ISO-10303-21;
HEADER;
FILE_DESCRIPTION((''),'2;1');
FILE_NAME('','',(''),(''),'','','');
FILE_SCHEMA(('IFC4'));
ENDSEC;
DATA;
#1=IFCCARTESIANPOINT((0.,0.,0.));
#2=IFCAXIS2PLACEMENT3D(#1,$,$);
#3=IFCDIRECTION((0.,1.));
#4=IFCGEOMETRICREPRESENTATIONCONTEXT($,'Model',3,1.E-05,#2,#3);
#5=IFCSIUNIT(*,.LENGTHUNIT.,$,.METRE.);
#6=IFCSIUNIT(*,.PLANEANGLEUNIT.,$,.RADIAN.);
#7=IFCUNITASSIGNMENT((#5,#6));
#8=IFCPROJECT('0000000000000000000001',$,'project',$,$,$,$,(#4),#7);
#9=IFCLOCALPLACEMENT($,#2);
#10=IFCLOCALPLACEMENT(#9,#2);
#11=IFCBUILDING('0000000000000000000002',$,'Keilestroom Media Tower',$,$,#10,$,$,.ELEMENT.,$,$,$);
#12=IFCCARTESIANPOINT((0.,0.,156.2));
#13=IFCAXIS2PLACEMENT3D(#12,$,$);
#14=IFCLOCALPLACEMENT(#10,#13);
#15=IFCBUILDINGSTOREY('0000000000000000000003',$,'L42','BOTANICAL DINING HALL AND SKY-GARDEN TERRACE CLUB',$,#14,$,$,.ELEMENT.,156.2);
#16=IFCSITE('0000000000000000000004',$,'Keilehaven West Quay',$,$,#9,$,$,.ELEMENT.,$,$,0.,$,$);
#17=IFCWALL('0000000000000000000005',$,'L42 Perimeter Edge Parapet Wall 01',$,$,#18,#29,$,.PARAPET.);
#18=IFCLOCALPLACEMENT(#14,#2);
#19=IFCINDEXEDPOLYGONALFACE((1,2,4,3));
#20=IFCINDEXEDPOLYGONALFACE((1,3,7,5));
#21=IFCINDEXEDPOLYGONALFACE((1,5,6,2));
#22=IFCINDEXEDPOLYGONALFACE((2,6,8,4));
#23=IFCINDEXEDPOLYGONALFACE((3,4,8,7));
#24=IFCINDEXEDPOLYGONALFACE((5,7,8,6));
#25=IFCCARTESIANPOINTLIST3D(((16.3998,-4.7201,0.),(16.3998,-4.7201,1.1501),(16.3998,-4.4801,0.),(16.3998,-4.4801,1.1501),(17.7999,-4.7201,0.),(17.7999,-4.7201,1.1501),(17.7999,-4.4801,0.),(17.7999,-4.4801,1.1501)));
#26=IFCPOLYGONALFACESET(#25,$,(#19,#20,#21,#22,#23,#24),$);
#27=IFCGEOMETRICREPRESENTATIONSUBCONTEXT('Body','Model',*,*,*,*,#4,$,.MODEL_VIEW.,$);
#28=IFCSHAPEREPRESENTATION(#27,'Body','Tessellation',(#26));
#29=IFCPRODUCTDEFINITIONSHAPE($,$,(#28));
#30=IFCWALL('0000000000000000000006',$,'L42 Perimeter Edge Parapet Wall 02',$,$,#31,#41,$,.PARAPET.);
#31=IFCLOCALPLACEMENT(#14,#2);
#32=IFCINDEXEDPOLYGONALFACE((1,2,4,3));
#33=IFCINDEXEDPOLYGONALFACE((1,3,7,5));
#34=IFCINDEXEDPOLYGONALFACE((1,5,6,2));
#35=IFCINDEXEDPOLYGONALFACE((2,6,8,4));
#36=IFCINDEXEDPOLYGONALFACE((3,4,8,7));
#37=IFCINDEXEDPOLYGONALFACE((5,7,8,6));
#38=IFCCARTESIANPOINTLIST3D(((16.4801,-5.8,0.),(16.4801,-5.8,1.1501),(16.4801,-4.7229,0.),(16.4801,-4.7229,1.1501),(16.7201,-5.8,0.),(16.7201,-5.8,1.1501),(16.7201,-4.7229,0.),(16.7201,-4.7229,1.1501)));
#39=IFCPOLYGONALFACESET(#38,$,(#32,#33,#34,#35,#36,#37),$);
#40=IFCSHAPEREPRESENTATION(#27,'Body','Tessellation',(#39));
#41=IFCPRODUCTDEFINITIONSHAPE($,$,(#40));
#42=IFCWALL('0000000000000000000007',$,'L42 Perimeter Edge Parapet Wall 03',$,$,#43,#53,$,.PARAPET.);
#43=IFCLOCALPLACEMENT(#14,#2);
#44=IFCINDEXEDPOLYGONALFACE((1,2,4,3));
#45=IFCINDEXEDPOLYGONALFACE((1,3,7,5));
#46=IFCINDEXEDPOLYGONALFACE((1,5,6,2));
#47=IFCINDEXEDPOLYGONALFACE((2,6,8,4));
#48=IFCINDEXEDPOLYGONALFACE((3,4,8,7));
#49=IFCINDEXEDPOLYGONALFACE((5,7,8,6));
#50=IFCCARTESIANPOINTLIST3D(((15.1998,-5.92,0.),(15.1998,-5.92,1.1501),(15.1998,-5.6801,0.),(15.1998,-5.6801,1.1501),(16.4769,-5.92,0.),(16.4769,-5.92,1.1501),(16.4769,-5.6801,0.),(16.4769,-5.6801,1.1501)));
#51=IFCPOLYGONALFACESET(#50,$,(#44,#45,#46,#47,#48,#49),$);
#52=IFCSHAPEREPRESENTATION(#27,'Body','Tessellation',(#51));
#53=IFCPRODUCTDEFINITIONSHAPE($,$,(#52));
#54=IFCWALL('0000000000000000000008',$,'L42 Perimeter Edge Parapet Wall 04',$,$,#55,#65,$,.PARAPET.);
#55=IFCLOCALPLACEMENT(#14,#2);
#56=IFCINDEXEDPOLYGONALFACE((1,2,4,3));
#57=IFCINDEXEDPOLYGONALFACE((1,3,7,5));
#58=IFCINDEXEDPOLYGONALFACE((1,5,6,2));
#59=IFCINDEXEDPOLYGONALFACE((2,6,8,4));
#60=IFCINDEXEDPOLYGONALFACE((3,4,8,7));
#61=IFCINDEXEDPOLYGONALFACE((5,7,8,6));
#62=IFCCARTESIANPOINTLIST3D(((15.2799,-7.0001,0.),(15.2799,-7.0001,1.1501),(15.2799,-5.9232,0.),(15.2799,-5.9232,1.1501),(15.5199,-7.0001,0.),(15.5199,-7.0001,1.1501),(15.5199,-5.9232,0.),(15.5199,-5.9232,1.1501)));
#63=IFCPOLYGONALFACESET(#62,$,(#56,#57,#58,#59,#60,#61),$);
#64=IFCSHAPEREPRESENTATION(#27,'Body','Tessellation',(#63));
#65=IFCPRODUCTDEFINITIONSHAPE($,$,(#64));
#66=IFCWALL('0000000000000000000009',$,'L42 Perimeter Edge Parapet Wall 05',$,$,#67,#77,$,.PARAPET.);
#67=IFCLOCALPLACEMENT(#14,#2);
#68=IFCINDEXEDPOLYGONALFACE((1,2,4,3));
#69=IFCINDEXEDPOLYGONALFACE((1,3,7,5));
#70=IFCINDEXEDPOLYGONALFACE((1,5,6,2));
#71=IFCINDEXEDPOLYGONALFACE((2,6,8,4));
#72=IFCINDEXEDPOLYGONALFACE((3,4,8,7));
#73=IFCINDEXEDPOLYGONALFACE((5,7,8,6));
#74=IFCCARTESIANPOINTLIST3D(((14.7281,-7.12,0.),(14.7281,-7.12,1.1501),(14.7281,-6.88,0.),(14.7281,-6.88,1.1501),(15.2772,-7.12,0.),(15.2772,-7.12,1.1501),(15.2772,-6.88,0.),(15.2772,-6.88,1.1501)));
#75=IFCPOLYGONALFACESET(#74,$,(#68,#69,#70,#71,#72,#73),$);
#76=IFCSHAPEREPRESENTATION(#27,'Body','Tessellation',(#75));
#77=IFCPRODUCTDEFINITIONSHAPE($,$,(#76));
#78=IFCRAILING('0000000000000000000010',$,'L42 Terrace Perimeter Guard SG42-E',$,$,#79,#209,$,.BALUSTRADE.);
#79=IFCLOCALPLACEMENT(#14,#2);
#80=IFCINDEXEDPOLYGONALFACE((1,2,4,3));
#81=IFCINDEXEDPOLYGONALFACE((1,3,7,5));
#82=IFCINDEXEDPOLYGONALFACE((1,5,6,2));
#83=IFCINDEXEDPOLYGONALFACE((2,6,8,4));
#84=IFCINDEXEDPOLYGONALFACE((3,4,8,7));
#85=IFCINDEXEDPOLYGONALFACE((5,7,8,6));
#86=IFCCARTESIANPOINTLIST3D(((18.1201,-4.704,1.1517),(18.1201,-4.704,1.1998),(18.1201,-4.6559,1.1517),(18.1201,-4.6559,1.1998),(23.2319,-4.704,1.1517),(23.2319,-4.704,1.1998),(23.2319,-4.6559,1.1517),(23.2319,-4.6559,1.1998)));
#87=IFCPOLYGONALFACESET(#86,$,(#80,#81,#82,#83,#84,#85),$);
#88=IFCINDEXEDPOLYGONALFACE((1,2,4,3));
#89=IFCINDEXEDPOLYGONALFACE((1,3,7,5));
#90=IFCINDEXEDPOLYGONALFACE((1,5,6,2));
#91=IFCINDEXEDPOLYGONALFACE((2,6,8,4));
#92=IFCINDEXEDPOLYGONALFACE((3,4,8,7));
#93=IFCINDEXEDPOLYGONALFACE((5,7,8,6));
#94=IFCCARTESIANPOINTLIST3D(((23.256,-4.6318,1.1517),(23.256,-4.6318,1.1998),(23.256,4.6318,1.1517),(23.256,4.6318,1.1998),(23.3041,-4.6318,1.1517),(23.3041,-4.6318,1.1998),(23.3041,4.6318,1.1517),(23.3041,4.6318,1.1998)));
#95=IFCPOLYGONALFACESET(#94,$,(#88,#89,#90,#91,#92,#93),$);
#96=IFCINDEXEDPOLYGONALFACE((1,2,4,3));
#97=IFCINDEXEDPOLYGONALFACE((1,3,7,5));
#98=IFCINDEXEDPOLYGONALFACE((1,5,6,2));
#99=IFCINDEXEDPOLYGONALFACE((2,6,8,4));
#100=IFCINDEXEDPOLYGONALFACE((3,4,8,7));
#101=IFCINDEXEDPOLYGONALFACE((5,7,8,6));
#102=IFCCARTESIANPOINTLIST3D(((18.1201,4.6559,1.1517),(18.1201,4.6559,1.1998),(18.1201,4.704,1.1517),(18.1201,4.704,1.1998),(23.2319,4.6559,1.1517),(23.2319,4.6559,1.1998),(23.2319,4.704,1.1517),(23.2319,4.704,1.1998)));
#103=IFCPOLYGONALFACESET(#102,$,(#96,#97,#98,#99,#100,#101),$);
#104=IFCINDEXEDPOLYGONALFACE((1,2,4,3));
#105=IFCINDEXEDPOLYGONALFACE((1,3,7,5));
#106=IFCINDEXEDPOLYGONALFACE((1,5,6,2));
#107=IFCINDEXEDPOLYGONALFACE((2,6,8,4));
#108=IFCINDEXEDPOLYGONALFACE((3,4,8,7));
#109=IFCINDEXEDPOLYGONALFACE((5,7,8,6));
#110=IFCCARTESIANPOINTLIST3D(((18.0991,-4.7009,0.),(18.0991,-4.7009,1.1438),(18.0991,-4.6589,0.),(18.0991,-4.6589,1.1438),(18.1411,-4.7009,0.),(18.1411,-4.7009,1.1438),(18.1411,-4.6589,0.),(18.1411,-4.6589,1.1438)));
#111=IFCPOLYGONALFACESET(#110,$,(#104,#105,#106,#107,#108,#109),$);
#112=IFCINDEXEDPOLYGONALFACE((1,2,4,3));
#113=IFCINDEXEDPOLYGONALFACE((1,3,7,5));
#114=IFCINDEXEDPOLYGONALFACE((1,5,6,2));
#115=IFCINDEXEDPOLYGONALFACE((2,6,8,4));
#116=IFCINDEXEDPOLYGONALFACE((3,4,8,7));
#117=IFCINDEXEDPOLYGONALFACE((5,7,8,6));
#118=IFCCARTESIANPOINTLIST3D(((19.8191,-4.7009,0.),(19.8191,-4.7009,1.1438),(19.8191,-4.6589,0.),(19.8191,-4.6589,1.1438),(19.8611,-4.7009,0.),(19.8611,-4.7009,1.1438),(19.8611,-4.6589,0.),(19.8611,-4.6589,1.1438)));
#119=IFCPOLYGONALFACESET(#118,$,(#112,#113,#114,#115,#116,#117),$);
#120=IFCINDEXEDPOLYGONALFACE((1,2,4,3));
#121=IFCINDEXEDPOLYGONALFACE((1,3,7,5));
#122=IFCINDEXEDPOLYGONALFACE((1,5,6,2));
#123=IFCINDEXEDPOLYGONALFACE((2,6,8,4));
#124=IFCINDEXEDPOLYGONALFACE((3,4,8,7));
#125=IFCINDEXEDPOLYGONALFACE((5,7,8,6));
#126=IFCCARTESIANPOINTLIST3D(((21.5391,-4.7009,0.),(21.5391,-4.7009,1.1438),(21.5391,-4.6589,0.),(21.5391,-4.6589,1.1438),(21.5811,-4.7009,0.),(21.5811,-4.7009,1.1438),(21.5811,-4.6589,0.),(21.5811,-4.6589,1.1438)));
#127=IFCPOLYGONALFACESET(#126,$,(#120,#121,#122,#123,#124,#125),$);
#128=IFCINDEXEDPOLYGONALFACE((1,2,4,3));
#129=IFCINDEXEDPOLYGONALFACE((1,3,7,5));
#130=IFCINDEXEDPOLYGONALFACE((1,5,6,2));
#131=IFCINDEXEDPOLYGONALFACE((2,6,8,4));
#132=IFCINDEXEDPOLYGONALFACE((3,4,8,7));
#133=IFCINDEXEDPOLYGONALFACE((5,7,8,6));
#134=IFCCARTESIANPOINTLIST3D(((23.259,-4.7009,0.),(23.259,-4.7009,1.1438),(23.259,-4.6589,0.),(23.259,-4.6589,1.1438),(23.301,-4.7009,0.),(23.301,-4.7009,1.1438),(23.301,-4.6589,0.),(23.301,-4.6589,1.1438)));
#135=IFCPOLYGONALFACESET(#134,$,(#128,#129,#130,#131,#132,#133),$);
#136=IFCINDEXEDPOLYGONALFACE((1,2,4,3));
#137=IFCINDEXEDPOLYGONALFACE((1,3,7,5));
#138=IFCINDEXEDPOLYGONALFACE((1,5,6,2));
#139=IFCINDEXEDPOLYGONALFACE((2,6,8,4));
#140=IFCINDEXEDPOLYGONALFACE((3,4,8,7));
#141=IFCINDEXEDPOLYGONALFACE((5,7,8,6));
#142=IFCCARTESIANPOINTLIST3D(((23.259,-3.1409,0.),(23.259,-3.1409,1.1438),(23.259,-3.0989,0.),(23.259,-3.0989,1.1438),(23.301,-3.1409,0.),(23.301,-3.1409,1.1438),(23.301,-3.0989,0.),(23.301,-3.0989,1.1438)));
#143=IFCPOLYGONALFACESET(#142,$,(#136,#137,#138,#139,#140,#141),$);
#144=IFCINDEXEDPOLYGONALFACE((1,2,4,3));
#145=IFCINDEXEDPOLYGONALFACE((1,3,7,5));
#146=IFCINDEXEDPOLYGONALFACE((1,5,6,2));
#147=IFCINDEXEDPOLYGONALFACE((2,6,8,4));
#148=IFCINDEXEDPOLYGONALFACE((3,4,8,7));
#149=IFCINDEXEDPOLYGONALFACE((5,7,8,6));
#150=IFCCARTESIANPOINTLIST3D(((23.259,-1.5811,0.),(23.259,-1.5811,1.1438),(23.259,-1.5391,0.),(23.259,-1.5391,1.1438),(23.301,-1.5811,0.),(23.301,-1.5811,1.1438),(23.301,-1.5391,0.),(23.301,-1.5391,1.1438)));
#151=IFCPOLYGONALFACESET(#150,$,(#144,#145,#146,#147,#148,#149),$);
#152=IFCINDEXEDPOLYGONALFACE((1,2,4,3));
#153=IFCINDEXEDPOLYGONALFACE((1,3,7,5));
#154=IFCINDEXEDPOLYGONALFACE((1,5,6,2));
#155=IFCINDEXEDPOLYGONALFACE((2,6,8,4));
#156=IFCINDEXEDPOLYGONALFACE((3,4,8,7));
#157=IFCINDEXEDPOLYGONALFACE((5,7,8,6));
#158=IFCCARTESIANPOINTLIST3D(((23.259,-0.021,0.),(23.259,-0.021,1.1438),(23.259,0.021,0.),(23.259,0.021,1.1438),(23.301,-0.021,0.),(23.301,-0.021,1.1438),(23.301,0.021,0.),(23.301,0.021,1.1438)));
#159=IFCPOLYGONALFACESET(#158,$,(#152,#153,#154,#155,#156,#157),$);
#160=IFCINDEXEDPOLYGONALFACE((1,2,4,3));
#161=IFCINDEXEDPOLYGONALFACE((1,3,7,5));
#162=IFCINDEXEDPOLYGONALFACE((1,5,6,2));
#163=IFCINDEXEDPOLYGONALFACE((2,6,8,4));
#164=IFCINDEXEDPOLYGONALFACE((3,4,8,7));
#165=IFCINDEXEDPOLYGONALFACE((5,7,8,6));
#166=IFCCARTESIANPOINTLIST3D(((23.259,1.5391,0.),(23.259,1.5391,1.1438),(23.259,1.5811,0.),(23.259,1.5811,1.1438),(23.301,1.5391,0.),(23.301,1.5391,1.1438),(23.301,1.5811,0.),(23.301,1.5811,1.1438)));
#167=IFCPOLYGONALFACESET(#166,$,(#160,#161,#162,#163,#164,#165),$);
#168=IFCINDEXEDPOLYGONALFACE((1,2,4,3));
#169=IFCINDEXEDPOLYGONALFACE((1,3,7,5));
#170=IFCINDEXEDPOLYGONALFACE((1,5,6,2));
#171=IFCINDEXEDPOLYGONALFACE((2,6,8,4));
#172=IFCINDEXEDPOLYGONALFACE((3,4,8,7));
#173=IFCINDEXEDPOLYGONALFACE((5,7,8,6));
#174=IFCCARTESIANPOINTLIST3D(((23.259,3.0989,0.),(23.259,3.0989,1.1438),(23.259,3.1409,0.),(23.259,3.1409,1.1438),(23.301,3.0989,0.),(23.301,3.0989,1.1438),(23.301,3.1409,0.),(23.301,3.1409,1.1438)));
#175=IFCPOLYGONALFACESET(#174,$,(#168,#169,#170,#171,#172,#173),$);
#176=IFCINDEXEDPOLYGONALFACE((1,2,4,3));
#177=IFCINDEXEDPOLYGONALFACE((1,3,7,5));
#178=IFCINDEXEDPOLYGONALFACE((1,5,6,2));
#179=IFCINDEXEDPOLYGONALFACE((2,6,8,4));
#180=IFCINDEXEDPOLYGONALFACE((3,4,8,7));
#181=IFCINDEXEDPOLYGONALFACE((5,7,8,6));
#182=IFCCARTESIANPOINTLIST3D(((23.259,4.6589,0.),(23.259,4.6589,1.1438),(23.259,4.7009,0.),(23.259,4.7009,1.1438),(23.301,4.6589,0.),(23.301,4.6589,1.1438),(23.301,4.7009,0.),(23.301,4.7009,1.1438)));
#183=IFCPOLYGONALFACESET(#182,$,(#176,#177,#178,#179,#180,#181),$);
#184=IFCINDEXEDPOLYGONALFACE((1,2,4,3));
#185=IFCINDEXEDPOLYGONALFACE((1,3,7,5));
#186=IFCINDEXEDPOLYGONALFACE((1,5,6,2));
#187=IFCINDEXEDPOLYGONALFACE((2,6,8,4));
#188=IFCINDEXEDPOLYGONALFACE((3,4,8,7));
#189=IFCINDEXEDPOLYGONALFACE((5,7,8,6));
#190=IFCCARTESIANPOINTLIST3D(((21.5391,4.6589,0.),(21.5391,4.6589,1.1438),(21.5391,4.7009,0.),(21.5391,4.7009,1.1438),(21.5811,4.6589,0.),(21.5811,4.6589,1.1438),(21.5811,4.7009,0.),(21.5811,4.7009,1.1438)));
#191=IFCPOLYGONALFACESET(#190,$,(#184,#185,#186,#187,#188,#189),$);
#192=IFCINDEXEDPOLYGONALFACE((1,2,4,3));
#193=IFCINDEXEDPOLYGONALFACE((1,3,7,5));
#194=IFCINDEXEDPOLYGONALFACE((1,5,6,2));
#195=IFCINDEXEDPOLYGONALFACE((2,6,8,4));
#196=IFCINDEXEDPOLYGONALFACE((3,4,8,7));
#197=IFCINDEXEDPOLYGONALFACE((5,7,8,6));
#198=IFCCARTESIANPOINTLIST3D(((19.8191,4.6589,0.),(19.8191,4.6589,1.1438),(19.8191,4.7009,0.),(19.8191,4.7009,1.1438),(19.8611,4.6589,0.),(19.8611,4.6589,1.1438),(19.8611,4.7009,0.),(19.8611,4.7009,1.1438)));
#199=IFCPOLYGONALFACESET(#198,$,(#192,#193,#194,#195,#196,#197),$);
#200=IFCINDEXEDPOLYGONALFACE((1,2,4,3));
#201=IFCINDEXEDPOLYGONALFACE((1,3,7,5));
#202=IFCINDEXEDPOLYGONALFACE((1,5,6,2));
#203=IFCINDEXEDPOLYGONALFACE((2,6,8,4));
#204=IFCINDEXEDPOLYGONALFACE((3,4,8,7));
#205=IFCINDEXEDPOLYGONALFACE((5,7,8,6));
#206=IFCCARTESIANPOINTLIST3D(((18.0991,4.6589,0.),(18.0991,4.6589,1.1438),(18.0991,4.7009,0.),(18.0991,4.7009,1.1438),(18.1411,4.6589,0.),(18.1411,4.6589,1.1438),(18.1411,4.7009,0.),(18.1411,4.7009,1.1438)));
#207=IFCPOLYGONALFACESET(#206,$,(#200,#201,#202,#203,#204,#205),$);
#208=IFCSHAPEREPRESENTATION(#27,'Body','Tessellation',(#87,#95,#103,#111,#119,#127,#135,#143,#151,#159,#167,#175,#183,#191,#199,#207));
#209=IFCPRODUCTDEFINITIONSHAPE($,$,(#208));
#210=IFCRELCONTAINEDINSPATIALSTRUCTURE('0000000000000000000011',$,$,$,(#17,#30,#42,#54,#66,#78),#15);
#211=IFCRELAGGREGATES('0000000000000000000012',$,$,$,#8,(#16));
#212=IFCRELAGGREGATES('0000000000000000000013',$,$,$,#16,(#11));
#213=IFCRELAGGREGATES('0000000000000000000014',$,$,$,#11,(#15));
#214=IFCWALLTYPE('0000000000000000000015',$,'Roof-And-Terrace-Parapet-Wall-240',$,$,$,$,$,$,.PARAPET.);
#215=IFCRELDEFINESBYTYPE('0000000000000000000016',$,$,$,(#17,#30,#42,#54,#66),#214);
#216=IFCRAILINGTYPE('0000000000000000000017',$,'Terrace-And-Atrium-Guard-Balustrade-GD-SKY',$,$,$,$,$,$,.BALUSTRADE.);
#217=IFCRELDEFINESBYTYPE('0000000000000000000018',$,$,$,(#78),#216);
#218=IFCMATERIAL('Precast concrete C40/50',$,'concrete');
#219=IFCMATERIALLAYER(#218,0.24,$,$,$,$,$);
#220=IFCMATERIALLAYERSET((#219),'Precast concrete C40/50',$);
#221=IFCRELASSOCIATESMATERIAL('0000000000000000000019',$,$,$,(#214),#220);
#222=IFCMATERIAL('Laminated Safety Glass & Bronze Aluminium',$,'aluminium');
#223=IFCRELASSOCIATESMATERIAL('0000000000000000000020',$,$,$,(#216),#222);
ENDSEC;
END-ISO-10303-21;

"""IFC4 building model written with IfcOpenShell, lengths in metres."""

from ifc_helpers import new_model, si_unit, direction, frame, frame_2d, origin, origin_2d, place, context, subcontext, project, spatial, rectangle, extrude, material, layer, layer_set, type_object, element, save


model = new_model("IFC4")

# Units and contexts
model_context = context("Model", 3, precision=1e-05, world=origin(), true_north=direction((0.0, 1.0)))
body_context = subcontext(model_context, "Body", "Model", "MODEL_VIEW")
ifc_project = project(units=[si_unit("LENGTHUNIT", "METRE"), si_unit("PLANEANGLEUNIT", "RADIAN")], contexts=[model_context])

# Site, building, storey
site_placement = place(None, origin())
site = spatial("IfcSite", under=ifc_project, at=site_placement, Name="Keilehaven West Quay", CompositionType="ELEMENT", RefElevation=0.0)
building_placement = place(site_placement, origin())
building = spatial("IfcBuilding", under=site, at=building_placement, Name="Keilestroom Media Tower", CompositionType="ELEMENT")
storey_placement = place(building_placement, frame((0.0, 0.0, 156.2)))
storey = spatial("IfcBuildingStorey", under=building, at=storey_placement, Name="L42", Description="BOTANICAL DINING HALL AND SKY-GARDEN TERRACE CLUB", CompositionType="ELEMENT", Elevation=156.2)

# Shared definitions
ifc_material_1 = material(Name="Precast concrete C40/50", Category="concrete")

# Walls
ifc_layer_1 = layer(ifc_material_1, 0.24)
ifc_layer_set_1 = layer_set([ifc_layer_1], Name="Precast concrete C40/50")
wall_type_1 = type_object("IfcWallType", Name="Roof-And-Terrace-Parapet-Wall-240", PredefinedType="PARAPET", material=ifc_layer_set_1)
wall_1_placement = place(storey_placement, frame((17.8, -4.6001, 0.0), z_axis=(0.0, 0.0, 1.0), x_axis=(-1.0, 0.0, 0.0)))
element("IfcWall", 1, at=wall_1_placement, inside=storey, type_object=wall_type_1, Name="L42 Perimeter Edge Parapet Wall 01", PredefinedType="PARAPET", context=body_context, shape_type="SweptSolid", body=[
    extrude(rectangle(XDim=1.4001, YDim=0.24, at=frame_2d((0.7002, 0.0))), origin(), (0.0, 0.0, 1.0), 1.1501),
])
wall_2_placement = place(storey_placement, frame((16.6001, -4.7229, 0.0), z_axis=(0.0, 0.0, 1.0), x_axis=(0.0, -1.0, 0.0)))
element("IfcWall", 2, at=wall_2_placement, inside=storey, type_object=wall_type_1, Name="L42 Perimeter Edge Parapet Wall 02", PredefinedType="PARAPET", context=body_context, shape_type="SweptSolid", body=[
    extrude(rectangle(XDim=1.0771, YDim=0.24, at=frame_2d((0.5386, 0.0))), origin(), (0.0, 0.0, 1.0), 1.1501),
])
wall_3_placement = place(storey_placement, frame((16.4771, -5.8, 0.0), z_axis=(0.0, 0.0, 1.0), x_axis=(-1.0, 0.0, 0.0)))
element("IfcWall", 3, at=wall_3_placement, inside=storey, type_object=wall_type_1, Name="L42 Perimeter Edge Parapet Wall 03", PredefinedType="PARAPET", context=body_context, shape_type="SweptSolid", body=[
    extrude(rectangle(XDim=1.2771, YDim=0.24, at=frame_2d((0.6387, 0.0))), origin(), (0.0, 0.0, 1.0), 1.1501),
])
wall_4_placement = place(storey_placement, frame((15.3999, -5.9231, 0.0), z_axis=(0.0, 0.0, 1.0), x_axis=(0.0, -1.0, 0.0)))
element("IfcWall", 4, at=wall_4_placement, inside=storey, type_object=wall_type_1, Name="L42 Perimeter Edge Parapet Wall 04", PredefinedType="PARAPET", context=body_context, shape_type="SweptSolid", body=[
    extrude(rectangle(XDim=1.0769, YDim=0.24, at=frame_2d((0.5386, 0.0))), origin(), (0.0, 0.0, 1.0), 1.1501),
])
wall_5_placement = place(storey_placement, frame((15.2771, -7.0, 0.0), z_axis=(0.0, 0.0, 1.0), x_axis=(-1.0, 0.0, 0.0)))
element("IfcWall", 5, at=wall_5_placement, inside=storey, type_object=wall_type_1, Name="L42 Perimeter Edge Parapet Wall 05", PredefinedType="PARAPET", context=body_context, shape_type="SweptSolid", body=[
    extrude(rectangle(XDim=0.5491, YDim=0.24, at=frame_2d((0.2744, 0.0))), origin(), (0.0, 0.0, 1.0), 1.1501),
])

# Railing
ifc_material_2 = material(Name="Laminated Safety Glass & Bronze Aluminium", Category="aluminium")
railing_type = type_object("IfcRailingType", Name="Terrace-And-Atrium-Guard-Balustrade-GD-SKY", PredefinedType="BALUSTRADE", material=ifc_material_2)
railing_placement = place(storey_placement, frame((18.1201, -4.6799, 0.0)))
element("IfcRailing", 6, at=railing_placement, inside=storey, type_object=railing_type, Name="L42 Terrace Perimeter Guard SG42-E", PredefinedType="BALUSTRADE", context=body_context, shape_type="SweptSolid", body=[
    extrude(rectangle(XDim=0.0481, YDim=0.0481, at=origin_2d()), frame((0.0, 0.0, 1.1758), z_axis=(1.0, 0.0, 0.0), x_axis=(0.0, 1.0, 0.0)), (0.0, 0.0, 1.0), 5.1118),
    extrude(rectangle(XDim=0.0481, YDim=0.0481, at=origin_2d()), frame((5.1599, 0.0481, 1.1758), z_axis=(0.0, 1.0, 0.0), x_axis=(-1.0, 0.0, 0.0)), (0.0, 0.0, 1.0), 9.2637),
    extrude(rectangle(XDim=0.0481, YDim=0.0481, at=origin_2d()), frame((5.1118, 9.3599, 1.1758), z_axis=(-1.0, 0.0, 0.0), x_axis=(0.0, -1.0, 0.0)), (0.0, 0.0, 1.0), 5.1118),
    extrude(rectangle(XDim=0.042, YDim=0.042, at=origin_2d()), origin(), (0.0, 0.0, 1.0), 1.1438),
    extrude(rectangle(XDim=0.042, YDim=0.042, at=origin_2d()), frame((1.72, 0.0, 0.0)), (0.0, 0.0, 1.0), 1.1438),
    extrude(rectangle(XDim=0.042, YDim=0.042, at=origin_2d()), frame((3.4399, 0.0, 0.0)), (0.0, 0.0, 1.0), 1.1438),
    extrude(rectangle(XDim=0.042, YDim=0.042, at=origin_2d()), frame((5.1599, 0.0, 0.0)), (0.0, 0.0, 1.0), 1.1438),
    extrude(rectangle(XDim=0.042, YDim=0.042, at=origin_2d()), frame((5.1599, 1.5601, 0.0)), (0.0, 0.0, 1.0), 1.1438),
    extrude(rectangle(XDim=0.042, YDim=0.042, at=origin_2d()), frame((5.1599, 3.1199, 0.0)), (0.0, 0.0, 1.0), 1.1438),
    extrude(rectangle(XDim=0.042, YDim=0.042, at=origin_2d()), frame((5.1599, 4.6799, 0.0)), (0.0, 0.0, 1.0), 1.1438),
    extrude(rectangle(XDim=0.042, YDim=0.042, at=origin_2d()), frame((5.1599, 6.24, 0.0)), (0.0, 0.0, 1.0), 1.1438),
    extrude(rectangle(XDim=0.042, YDim=0.042, at=origin_2d()), frame((5.1599, 7.7998, 0.0)), (0.0, 0.0, 1.0), 1.1438),
    extrude(rectangle(XDim=0.042, YDim=0.042, at=origin_2d()), frame((5.1599, 9.3599, 0.0)), (0.0, 0.0, 1.0), 1.1438),
    extrude(rectangle(XDim=0.042, YDim=0.042, at=origin_2d()), frame((3.4399, 9.3599, 0.0)), (0.0, 0.0, 1.0), 1.1438),
    extrude(rectangle(XDim=0.042, YDim=0.042, at=origin_2d()), frame((1.72, 9.3599, 0.0)), (0.0, 0.0, 1.0), 1.1438),
    extrude(rectangle(XDim=0.042, YDim=0.042, at=origin_2d()), frame((0.0, 9.3599, 0.0)), (0.0, 0.0, 1.0), 1.1438),
])

save(model, "model.ifc")
